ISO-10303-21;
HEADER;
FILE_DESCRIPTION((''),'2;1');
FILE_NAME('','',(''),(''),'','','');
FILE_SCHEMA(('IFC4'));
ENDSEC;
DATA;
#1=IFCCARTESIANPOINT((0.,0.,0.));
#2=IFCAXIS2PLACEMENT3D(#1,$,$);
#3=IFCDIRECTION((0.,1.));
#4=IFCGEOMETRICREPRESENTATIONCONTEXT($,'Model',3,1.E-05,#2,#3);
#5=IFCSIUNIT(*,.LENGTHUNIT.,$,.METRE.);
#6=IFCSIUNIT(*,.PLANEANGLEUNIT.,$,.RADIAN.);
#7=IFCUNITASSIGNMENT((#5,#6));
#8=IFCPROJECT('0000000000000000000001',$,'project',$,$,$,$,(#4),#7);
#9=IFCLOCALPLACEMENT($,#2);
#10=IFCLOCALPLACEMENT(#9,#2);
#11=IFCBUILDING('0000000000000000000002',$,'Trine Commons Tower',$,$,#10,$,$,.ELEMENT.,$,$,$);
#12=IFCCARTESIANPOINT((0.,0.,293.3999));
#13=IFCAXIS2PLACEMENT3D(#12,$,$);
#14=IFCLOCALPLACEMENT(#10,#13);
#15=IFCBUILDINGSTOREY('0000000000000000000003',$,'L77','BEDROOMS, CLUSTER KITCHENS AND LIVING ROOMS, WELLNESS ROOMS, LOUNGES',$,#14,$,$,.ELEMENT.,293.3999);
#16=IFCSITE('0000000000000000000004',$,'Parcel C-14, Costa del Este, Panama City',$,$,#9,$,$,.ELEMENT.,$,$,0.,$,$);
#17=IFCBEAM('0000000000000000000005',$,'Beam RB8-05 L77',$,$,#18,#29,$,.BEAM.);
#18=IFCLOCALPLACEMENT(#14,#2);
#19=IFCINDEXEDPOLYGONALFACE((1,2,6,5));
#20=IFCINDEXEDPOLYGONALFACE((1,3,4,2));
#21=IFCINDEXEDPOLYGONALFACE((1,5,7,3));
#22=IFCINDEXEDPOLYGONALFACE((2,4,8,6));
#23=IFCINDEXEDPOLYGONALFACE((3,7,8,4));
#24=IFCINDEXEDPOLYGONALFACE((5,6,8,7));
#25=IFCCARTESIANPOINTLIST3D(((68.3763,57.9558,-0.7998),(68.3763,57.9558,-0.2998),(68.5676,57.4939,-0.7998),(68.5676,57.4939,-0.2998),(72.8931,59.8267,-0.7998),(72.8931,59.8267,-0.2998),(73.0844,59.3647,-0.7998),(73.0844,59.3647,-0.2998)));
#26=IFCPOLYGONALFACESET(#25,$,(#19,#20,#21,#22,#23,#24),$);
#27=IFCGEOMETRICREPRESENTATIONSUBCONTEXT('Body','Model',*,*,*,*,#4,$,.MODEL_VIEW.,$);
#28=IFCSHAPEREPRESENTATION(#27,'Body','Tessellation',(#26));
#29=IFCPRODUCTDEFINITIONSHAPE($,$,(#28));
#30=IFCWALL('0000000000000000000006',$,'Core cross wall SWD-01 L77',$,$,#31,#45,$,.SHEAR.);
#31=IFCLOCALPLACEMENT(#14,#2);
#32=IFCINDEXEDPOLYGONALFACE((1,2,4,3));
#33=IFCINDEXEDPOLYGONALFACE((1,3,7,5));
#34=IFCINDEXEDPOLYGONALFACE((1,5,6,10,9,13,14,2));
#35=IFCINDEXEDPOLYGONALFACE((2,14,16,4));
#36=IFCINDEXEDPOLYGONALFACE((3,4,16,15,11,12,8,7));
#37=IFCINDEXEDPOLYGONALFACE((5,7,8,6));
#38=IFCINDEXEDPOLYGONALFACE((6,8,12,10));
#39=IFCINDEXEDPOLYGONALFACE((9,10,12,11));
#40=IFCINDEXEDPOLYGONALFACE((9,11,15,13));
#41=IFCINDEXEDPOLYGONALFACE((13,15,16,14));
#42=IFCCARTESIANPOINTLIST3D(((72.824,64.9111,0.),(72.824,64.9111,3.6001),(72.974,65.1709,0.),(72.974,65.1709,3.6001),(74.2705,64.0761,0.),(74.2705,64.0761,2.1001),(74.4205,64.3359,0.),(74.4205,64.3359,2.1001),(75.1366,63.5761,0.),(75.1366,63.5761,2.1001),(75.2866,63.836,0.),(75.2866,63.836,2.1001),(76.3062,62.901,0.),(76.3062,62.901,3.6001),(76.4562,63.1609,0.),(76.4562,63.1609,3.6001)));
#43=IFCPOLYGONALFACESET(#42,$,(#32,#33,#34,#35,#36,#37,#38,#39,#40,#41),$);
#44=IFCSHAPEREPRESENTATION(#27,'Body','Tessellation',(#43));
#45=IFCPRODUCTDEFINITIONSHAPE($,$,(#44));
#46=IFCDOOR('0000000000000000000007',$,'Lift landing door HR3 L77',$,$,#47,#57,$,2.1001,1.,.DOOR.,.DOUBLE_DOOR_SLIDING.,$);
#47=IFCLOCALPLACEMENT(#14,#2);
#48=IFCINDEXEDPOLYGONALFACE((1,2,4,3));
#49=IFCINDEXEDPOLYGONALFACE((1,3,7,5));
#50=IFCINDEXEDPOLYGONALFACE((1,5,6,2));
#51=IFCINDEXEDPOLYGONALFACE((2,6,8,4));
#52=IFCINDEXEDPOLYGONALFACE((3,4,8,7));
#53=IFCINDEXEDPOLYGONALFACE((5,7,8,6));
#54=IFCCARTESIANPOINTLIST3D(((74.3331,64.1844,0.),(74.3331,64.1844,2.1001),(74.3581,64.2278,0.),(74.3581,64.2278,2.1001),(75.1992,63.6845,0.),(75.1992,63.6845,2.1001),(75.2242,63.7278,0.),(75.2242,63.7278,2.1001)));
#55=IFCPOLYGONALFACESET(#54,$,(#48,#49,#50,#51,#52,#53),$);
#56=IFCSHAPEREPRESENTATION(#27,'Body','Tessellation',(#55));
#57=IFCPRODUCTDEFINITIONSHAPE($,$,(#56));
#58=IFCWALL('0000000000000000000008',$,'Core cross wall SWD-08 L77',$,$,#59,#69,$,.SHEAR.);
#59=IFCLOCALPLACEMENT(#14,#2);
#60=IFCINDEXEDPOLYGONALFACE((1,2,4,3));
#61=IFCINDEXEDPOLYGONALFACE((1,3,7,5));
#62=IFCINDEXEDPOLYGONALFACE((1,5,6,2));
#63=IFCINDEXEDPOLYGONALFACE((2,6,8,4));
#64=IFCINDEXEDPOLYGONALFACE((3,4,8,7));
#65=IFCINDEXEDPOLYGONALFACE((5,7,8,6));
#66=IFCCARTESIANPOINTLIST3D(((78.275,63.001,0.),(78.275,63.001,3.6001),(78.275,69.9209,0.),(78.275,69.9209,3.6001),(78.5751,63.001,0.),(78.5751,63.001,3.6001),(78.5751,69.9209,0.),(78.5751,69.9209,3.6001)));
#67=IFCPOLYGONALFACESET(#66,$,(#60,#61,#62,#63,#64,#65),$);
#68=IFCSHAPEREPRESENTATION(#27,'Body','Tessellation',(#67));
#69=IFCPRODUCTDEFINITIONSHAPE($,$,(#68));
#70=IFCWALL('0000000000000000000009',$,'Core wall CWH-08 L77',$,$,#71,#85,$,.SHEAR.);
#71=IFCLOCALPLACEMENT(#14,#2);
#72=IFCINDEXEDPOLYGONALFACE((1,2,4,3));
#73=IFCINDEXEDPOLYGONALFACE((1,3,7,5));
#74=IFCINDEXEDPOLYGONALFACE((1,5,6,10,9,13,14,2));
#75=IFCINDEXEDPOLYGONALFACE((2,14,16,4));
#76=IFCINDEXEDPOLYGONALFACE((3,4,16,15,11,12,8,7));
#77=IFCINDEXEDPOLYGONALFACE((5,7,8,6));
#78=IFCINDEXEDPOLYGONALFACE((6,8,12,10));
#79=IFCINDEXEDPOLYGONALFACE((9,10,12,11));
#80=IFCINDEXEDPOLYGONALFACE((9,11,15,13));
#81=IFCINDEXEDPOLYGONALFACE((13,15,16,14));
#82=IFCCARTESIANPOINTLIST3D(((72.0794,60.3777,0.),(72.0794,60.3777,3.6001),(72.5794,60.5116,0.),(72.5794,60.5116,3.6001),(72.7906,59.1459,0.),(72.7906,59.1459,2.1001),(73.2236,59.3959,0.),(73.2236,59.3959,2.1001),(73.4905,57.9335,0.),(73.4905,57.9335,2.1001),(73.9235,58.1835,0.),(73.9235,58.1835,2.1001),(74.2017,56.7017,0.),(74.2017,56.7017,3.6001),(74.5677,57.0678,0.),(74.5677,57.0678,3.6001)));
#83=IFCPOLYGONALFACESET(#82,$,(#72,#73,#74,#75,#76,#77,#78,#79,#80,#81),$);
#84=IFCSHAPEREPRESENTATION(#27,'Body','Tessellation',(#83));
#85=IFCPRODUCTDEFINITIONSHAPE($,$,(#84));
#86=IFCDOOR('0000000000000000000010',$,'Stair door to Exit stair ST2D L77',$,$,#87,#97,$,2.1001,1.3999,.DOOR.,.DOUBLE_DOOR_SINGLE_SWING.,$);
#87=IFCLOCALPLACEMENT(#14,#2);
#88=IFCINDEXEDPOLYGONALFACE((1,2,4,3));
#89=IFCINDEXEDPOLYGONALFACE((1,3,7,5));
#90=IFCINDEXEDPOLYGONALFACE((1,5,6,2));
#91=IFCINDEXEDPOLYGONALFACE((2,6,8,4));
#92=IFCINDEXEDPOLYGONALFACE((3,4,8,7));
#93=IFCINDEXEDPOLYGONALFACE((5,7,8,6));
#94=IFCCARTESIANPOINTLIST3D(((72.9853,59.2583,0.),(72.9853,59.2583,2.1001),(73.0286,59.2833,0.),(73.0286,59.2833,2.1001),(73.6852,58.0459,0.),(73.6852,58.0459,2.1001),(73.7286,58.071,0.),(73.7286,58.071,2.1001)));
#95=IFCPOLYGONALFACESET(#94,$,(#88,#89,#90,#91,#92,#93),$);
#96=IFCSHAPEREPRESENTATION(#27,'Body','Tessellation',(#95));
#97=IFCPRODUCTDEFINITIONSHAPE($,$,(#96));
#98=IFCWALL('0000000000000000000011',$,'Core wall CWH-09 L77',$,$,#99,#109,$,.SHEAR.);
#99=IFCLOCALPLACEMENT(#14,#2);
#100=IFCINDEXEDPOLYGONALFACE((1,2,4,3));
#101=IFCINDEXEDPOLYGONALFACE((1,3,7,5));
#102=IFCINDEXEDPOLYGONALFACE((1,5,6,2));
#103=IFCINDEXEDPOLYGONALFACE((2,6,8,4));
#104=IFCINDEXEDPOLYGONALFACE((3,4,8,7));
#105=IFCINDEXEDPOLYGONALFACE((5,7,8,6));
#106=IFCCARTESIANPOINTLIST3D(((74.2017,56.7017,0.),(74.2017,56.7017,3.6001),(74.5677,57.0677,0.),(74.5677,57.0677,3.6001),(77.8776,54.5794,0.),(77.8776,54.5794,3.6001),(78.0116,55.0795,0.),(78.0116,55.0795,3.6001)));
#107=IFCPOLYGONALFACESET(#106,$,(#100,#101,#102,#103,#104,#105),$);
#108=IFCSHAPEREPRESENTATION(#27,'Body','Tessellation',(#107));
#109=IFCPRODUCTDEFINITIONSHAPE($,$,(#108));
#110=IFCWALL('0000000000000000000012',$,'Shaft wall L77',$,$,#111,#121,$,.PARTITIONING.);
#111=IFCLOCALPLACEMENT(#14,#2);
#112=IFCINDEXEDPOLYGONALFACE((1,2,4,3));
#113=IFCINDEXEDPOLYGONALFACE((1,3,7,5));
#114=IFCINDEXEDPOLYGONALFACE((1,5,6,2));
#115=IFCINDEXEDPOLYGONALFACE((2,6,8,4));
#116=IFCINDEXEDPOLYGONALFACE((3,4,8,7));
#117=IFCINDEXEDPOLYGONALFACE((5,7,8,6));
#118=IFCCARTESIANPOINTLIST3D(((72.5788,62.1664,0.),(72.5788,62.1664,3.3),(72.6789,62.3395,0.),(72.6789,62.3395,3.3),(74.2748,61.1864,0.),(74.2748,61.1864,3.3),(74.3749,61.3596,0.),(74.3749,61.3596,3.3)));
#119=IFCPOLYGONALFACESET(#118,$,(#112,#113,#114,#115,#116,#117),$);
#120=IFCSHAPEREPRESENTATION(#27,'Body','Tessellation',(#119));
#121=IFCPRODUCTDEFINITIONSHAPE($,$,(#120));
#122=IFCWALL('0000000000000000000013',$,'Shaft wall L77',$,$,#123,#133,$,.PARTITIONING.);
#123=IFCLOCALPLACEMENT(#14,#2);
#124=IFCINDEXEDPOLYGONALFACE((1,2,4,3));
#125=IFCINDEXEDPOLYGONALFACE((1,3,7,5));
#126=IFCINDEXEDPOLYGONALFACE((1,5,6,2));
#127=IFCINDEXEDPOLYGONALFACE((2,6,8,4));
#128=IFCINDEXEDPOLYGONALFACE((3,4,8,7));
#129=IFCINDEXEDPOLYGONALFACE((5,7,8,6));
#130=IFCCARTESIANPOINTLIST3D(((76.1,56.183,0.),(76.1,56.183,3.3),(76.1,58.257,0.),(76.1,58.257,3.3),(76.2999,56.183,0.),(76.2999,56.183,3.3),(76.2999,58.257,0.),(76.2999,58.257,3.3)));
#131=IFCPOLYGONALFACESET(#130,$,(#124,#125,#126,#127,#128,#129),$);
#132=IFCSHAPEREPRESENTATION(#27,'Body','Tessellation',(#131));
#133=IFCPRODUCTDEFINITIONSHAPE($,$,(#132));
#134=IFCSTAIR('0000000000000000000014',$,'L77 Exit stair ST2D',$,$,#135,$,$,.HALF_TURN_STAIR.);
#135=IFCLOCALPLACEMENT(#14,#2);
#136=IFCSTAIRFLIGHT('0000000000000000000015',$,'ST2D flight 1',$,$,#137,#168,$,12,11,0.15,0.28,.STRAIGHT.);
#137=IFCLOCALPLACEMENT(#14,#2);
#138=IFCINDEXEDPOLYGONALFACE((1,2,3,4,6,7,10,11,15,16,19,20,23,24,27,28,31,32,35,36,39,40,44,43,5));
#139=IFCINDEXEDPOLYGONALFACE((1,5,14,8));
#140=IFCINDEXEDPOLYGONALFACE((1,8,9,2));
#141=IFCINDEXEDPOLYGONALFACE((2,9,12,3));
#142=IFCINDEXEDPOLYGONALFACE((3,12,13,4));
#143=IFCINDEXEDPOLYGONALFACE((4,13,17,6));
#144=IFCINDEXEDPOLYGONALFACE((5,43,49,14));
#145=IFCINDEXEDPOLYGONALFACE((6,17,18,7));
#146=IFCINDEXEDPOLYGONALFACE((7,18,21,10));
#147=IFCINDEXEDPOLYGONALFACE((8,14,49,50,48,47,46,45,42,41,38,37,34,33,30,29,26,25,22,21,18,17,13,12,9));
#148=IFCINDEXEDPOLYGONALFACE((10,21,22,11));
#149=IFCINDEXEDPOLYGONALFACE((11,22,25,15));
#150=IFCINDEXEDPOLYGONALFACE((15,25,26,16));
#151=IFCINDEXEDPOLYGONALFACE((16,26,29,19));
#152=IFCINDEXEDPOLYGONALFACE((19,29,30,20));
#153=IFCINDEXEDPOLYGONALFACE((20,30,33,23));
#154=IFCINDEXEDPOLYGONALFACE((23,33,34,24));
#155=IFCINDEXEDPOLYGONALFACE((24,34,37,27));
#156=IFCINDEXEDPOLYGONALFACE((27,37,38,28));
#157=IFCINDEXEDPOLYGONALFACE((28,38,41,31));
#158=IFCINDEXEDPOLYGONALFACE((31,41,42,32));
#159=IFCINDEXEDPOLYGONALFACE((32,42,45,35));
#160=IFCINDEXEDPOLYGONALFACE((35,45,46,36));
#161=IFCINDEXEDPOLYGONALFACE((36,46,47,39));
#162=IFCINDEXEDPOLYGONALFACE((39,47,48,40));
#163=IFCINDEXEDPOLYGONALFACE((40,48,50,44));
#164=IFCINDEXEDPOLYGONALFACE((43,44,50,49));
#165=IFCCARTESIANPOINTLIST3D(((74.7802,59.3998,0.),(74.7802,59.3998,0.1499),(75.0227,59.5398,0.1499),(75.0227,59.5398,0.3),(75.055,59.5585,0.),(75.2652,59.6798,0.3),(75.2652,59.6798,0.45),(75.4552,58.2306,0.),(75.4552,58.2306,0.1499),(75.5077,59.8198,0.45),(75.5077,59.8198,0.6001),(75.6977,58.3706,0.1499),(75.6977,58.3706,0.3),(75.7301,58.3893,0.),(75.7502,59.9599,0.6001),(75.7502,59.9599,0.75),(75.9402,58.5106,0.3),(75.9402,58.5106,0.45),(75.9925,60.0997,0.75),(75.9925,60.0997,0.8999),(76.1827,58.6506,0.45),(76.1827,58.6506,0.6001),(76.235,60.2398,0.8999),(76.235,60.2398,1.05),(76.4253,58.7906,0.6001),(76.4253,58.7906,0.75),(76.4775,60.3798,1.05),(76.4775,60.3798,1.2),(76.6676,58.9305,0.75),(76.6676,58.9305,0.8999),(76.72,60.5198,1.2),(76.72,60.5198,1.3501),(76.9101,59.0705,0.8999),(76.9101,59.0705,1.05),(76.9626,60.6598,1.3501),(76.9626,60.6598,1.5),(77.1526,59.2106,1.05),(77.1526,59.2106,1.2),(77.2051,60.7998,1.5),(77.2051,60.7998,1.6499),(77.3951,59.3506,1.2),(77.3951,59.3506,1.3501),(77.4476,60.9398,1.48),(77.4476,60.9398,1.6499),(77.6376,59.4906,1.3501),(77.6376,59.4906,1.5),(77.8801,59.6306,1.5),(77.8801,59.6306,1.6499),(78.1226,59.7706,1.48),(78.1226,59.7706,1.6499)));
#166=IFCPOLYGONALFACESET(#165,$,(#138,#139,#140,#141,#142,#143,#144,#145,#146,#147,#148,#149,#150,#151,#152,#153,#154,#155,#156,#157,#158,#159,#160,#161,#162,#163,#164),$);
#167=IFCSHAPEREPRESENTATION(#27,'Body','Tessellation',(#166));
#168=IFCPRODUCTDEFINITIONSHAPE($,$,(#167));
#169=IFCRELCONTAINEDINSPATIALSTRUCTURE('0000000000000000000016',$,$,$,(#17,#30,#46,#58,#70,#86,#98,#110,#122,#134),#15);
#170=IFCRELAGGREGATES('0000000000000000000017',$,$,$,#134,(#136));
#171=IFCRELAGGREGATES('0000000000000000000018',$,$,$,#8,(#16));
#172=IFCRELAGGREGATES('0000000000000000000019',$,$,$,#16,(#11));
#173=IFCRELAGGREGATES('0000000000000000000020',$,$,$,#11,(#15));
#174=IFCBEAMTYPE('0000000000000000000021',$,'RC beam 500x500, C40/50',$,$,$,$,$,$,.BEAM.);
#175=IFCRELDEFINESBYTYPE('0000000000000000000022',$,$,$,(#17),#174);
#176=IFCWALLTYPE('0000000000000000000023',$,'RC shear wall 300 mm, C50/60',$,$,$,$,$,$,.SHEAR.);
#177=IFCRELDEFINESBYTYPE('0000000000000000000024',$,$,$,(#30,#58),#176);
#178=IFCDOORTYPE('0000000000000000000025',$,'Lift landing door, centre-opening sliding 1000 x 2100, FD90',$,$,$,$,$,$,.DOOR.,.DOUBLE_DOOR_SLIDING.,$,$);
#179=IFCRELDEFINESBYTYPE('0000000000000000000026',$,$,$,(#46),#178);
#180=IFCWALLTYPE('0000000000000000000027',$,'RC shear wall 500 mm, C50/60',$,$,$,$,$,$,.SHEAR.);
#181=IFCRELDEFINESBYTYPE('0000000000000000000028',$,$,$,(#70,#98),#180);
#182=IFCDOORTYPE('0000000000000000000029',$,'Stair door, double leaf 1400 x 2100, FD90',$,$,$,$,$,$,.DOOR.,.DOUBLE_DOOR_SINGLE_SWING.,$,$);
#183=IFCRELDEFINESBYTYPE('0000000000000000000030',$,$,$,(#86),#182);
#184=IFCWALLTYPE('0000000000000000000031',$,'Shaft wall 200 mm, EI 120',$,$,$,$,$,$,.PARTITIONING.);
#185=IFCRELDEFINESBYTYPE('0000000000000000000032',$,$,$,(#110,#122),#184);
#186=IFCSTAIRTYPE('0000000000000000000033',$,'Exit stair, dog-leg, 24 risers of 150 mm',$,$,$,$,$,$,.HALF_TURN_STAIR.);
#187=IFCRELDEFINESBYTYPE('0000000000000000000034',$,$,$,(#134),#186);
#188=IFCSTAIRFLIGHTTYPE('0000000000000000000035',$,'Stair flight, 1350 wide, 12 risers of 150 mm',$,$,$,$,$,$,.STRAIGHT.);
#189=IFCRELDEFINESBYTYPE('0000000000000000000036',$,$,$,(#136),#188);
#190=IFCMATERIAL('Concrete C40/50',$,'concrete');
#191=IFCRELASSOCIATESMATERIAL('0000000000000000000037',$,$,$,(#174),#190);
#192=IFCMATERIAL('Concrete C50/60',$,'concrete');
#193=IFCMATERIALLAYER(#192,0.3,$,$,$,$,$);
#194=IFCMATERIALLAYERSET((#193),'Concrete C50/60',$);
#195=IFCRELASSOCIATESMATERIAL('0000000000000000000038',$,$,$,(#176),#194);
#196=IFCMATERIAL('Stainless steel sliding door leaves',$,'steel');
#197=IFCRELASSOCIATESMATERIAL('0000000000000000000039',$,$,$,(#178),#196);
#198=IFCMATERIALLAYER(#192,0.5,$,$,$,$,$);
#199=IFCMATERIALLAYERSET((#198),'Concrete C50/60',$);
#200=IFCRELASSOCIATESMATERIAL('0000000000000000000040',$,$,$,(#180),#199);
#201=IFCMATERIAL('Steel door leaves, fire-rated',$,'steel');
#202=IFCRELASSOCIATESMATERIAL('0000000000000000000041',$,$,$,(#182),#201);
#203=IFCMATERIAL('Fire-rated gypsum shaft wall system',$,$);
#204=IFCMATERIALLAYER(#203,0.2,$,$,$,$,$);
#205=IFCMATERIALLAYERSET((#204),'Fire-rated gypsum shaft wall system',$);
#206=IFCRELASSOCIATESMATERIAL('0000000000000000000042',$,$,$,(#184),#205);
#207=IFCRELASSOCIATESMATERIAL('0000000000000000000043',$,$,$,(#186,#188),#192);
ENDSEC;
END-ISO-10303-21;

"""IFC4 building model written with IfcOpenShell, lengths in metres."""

from ifc_helpers import new_model, si_unit, direction, frame, frame_2d, origin, origin_2d, place, context, subcontext, project, spatial, polyline, rectangle, outline, extrude, material, layer, layer_set, material_profile, profile_set, type_object, element, fill, aggregate, save


model = new_model("IFC4")

# Units and contexts
model_context = context("Model", 3, precision=1e-05, world=origin(), true_north=direction((0.0, 1.0)))
body_context = subcontext(model_context, "Body", "Model", "MODEL_VIEW")
ifc_project = project(units=[si_unit("LENGTHUNIT", "METRE"), si_unit("PLANEANGLEUNIT", "RADIAN")], contexts=[model_context])

# Site, building, storey
site_placement = place(None, origin())
site = spatial("IfcSite", under=ifc_project, at=site_placement, Name="Parcel C-14, Costa del Este, Panama City", CompositionType="ELEMENT", RefElevation=0.0)
building_placement = place(site_placement, origin())
building = spatial("IfcBuilding", under=site, at=building_placement, Name="Trine Commons Tower", CompositionType="ELEMENT")
storey_placement = place(building_placement, frame((0.0, 0.0, 293.3999)))
storey = spatial("IfcBuildingStorey", under=building, at=storey_placement, Name="L77", Description="BEDROOMS, CLUSTER KITCHENS AND LIVING ROOMS, WELLNESS ROOMS, LOUNGES", CompositionType="ELEMENT", Elevation=293.3999)

# Beam
ifc_material_1 = material(Name="Concrete C40/50", Category="concrete")
ifc_material_profile = material_profile(ifc_material_1, rectangle(XDim=0.5, YDim=0.5, at=origin_2d()), Name="RC 500x500")
ifc_profile_set = profile_set([ifc_material_profile], Name="Concrete C40/50")
beam_type = type_object("IfcBeamType", Name="RC beam 500x500, C40/50", PredefinedType="BEAM", material=ifc_profile_set)
beam_placement = place(storey_placement, frame((72.9888, 59.5957, -0.5498), z_axis=(-0.923886, -0.382668, 0.0), x_axis=(0.382668, -0.923886, 0.0)))
element("IfcBeam", 1, at=beam_placement, inside=storey, type_object=beam_type, Name="Beam RB8-05 L77", PredefinedType="BEAM", context=body_context, shape_type="SweptSolid", body=[
    extrude(rectangle(XDim=0.5, YDim=0.5, at=origin_2d()), origin(), (0.0, 0.0, 1.0), 4.8889),
])

# Wall, opening, door
ifc_material_2 = material(Name="Concrete C50/60", Category="concrete")
ifc_layer_1 = layer(ifc_material_2, 0.3)
ifc_layer_set_1 = layer_set([ifc_layer_1], Name="Concrete C50/60")
wall_type_1 = type_object("IfcWallType", Name="RC shear wall 300 mm, C50/60", PredefinedType="SHEAR", material=ifc_layer_set_1)
wall_1_placement = place(storey_placement, frame((76.3811, 63.031, 0.0), z_axis=(0.0, 0.0, 1.0), x_axis=(-0.866071, 0.49992, 0.0)))
wall_1 = element("IfcWall", 2, at=wall_1_placement, inside=storey, type_object=wall_type_1, Name="Core cross wall SWD-01 L77", PredefinedType="SHEAR", context=body_context, shape_type="SweptSolid", body=[
    extrude(rectangle(XDim=4.0208, YDim=0.3, at=frame_2d((2.0103, 0.0))), origin(), (0.0, 0.0, 1.0), 3.6001),
])
opening_1_placement = place(wall_1_placement, frame((1.3503, 0.0, 0.0)))
opening_1 = element("IfcOpeningElement", 3, at=opening_1_placement, cuts=wall_1, PredefinedType="OPENING", context=body_context, shape_type="SweptSolid", body=[
    extrude(rectangle(XDim=1.0, YDim=2.1001, at=frame_2d((0.5, 1.05))), frame((0.0, 0.1599, 0.0), z_axis=(0.0, -1.0, 0.0), x_axis=(1.0, 0.0, 0.0)), (0.0, 0.0, 1.0), 0.3201),
])
ifc_material_3 = material(Name="Stainless steel sliding door leaves", Category="steel")
door_type_1 = type_object("IfcDoorType", Name="Lift landing door, centre-opening sliding 1000 x 2100, FD90", OperationType="DOUBLE_DOOR_SLIDING", PredefinedType="DOOR", material=ifc_material_3)
door_1_placement = place(opening_1_placement, origin())
door_1 = element("IfcDoor", 4, at=door_1_placement, inside=storey, type_object=door_type_1, Name="Lift landing door HR3 L77", OperationType="DOUBLE_DOOR_SLIDING", OverallHeight=2.1001, OverallWidth=1.0, PredefinedType="DOOR", context=body_context, shape_type="SweptSolid", body=[
    extrude(rectangle(XDim=1.0, YDim=2.1001, at=frame_2d((0.5, 1.05))), frame((0.0, 0.0249, 0.0), z_axis=(0.0, -1.0, 0.0), x_axis=(1.0, 0.0, 0.0)), (0.0, 0.0, 1.0), 0.05),
])
fill(opening_1, door_1)

# Wall
wall_2_placement = place(storey_placement, frame((78.425, 63.001, 0.0), z_axis=(0.0, 0.0, 1.0), x_axis=(0.0, 1.0, 0.0)))
element("IfcWall", 5, at=wall_2_placement, inside=storey, type_object=wall_type_1, Name="Core cross wall SWD-08 L77", PredefinedType="SHEAR", context=body_context, shape_type="SweptSolid", body=[
    extrude(rectangle(XDim=6.9199, YDim=0.3, at=frame_2d((3.46, 0.0))), origin(), (0.0, 0.0, 1.0), 3.6001),
])

# Wall, opening, door
ifc_layer_2 = layer(ifc_material_2, 0.5)
ifc_layer_set_2 = layer_set([ifc_layer_2], Name="Concrete C50/60")
wall_type_2 = type_object("IfcWallType", Name="RC shear wall 500 mm, C50/60", PredefinedType="SHEAR", material=ifc_layer_set_2)
wall_3_placement = place(storey_placement, frame((72.2959, 60.5027, 0.0), z_axis=(0.0, 0.0, 1.0), x_axis=(0.499993, -0.866029, 0.0)))
wall_3 = element("IfcWall", 6, at=wall_3_placement, inside=storey, type_object=wall_type_2, Name="Core wall CWH-08 L77", PredefinedType="SHEAR", context=body_context, shape_type="SweptSolid", body=[
    extrude(outline(polyline([(0.0, -0.25), (4.2446, -0.25), (4.1106, 0.25), (0.134, 0.25), (0.0, -0.25)])), origin(), (0.0, 0.0, 1.0), 3.6001),
])
opening_2_placement = place(wall_3_placement, frame((1.4224, 0.0, 0.0)))
opening_2 = element("IfcOpeningElement", 7, at=opening_2_placement, cuts=wall_3, PredefinedType="OPENING", context=body_context, shape_type="SweptSolid", body=[
    extrude(rectangle(XDim=1.3999, YDim=2.1001, at=frame_2d((0.7, 1.05))), frame((0.0, 0.26, 0.0), z_axis=(0.0, -1.0, 0.0), x_axis=(1.0, 0.0, 0.0)), (0.0, 0.0, 1.0), 0.52),
])
ifc_material_4 = material(Name="Steel door leaves, fire-rated", Category="steel")
door_type_2 = type_object("IfcDoorType", Name="Stair door, double leaf 1400 x 2100, FD90", OperationType="DOUBLE_DOOR_SINGLE_SWING", PredefinedType="DOOR", material=ifc_material_4)
door_2_placement = place(opening_2_placement, origin())
door_2 = element("IfcDoor", 8, at=door_2_placement, inside=storey, type_object=door_type_2, Name="Stair door to Exit stair ST2D L77", OperationType="DOUBLE_DOOR_SINGLE_SWING", OverallHeight=2.1001, OverallWidth=1.3999, PredefinedType="DOOR", context=body_context, shape_type="SweptSolid", body=[
    extrude(rectangle(XDim=1.3999, YDim=2.1001, at=frame_2d((0.7, 1.05))), frame((0.0, 0.0249, 0.0), z_axis=(0.0, -1.0, 0.0), x_axis=(1.0, 0.0, 0.0)), (0.0, 0.0, 1.0), 0.05),
])
fill(opening_2, door_2)

# Walls
wall_4_placement = place(storey_placement, frame((74.3267, 56.9182, 0.0), z_axis=(0.0, 0.0, 1.0), x_axis=(0.866029, -0.499993, 0.0)))
element("IfcWall", 9, at=wall_4_placement, inside=storey, type_object=wall_type_2, Name="Core wall CWH-09 L77", PredefinedType="SHEAR", context=body_context, shape_type="SweptSolid", body=[
    extrude(outline(polyline([(0.0, -0.25), (4.2446, -0.25), (4.1106, 0.25), (0.134, 0.25), (0.0, -0.25)])), origin(), (0.0, 0.0, 1.0), 3.6001),
])
ifc_material_5 = material(Name="Fire-rated gypsum shaft wall system")
ifc_layer_3 = layer(ifc_material_5, 0.2)
ifc_layer_set_3 = layer_set([ifc_layer_3], Name="Fire-rated gypsum shaft wall system")
wall_type_3 = type_object("IfcWallType", Name="Shaft wall 200 mm, EI 120", PredefinedType="PARTITIONING", material=ifc_layer_set_3)
wall_5_placement = place(storey_placement, frame((74.325, 61.2729, 0.0), z_axis=(0.0, 0.0, 1.0), x_axis=(-0.865855, 0.500294, 0.0)))
element("IfcWall", 10, at=wall_5_placement, inside=storey, type_object=wall_type_3, Name="Shaft wall L77", PredefinedType="PARTITIONING", context=body_context, shape_type="SweptSolid", body=[
    extrude(rectangle(XDim=1.9587, YDim=0.2, at=frame_2d((0.9795, 0.0))), origin(), (0.0, 0.0, 1.0), 3.3),
])
wall_6_placement = place(storey_placement, frame((76.2, 58.2571, 0.0), z_axis=(0.0, 0.0, 1.0), x_axis=(0.0, -1.0, 0.0)))
element("IfcWall", 11, at=wall_6_placement, inside=storey, type_object=wall_type_3, Name="Shaft wall L77", PredefinedType="PARTITIONING", context=body_context, shape_type="SweptSolid", body=[
    extrude(rectangle(XDim=2.074, YDim=0.2, at=frame_2d((1.0371, 0.0))), origin(), (0.0, 0.0, 1.0), 3.3),
])

# Stair, stair flight
stair_type = type_object("IfcStairType", Name="Exit stair, dog-leg, 24 risers of 150 mm", PredefinedType="HALF_TURN_STAIR", material=ifc_material_2)
stair_placement = place(storey_placement, origin())
stair = element("IfcStair", 12, at=stair_placement, inside=storey, type_object=stair_type, Name="L77 Exit stair ST2D", PredefinedType="HALF_TURN_STAIR")
stair_flight_type = type_object("IfcStairFlightType", Name="Stair flight, 1350 wide, 12 risers of 150 mm", PredefinedType="STRAIGHT", material=ifc_material_2)
stair_flight_1_placement = place(storey_placement, frame((75.1177, 58.8152, 0.0), z_axis=(0.0, 0.0, 1.0), x_axis=(0.866025, 0.5, 0.0)))
stair_flight_1 = element("IfcStairFlight", 13, at=stair_flight_1_placement, type_object=stair_flight_type, Name="ST2D flight 1", NumberOfRisers=12, NumberOfTreads=11, PredefinedType="STRAIGHT", RiserHeight=0.15, TreadLength=0.28, context=body_context, shape_type="SweptSolid", body=[
    extrude(outline(polyline([(0.0, 0.0), (0.0, 0.1499), (0.28, 0.1499), (0.28, 0.3), (0.5601, 0.3), (0.5601, 0.45), (0.8401, 0.45), (0.8401, 0.6001), (1.1201, 0.6001), (1.1201, 0.75), (1.3999, 0.75), (1.3999, 0.8999), (1.6799, 0.8999), (1.6799, 1.05), (1.96, 1.05), (1.96, 1.2), (2.24, 1.2), (2.24, 1.3501), (2.52, 1.3501), (2.52, 1.5), (2.8, 1.5), (2.8, 1.6499), (3.0801, 1.6499), (3.0801, 1.8), (3.0801, 1.48), (0.3174, 0.0), (0.0, 0.0)])), frame((0.0, 0.675, 0.0), z_axis=(0.0, -1.0, 0.0), x_axis=(1.0, 0.0, 0.0)), (0.0, 0.0, 1.0), 1.3501),
])
aggregate(stair, [stair_flight_1])

save(model, "model.ifc")
